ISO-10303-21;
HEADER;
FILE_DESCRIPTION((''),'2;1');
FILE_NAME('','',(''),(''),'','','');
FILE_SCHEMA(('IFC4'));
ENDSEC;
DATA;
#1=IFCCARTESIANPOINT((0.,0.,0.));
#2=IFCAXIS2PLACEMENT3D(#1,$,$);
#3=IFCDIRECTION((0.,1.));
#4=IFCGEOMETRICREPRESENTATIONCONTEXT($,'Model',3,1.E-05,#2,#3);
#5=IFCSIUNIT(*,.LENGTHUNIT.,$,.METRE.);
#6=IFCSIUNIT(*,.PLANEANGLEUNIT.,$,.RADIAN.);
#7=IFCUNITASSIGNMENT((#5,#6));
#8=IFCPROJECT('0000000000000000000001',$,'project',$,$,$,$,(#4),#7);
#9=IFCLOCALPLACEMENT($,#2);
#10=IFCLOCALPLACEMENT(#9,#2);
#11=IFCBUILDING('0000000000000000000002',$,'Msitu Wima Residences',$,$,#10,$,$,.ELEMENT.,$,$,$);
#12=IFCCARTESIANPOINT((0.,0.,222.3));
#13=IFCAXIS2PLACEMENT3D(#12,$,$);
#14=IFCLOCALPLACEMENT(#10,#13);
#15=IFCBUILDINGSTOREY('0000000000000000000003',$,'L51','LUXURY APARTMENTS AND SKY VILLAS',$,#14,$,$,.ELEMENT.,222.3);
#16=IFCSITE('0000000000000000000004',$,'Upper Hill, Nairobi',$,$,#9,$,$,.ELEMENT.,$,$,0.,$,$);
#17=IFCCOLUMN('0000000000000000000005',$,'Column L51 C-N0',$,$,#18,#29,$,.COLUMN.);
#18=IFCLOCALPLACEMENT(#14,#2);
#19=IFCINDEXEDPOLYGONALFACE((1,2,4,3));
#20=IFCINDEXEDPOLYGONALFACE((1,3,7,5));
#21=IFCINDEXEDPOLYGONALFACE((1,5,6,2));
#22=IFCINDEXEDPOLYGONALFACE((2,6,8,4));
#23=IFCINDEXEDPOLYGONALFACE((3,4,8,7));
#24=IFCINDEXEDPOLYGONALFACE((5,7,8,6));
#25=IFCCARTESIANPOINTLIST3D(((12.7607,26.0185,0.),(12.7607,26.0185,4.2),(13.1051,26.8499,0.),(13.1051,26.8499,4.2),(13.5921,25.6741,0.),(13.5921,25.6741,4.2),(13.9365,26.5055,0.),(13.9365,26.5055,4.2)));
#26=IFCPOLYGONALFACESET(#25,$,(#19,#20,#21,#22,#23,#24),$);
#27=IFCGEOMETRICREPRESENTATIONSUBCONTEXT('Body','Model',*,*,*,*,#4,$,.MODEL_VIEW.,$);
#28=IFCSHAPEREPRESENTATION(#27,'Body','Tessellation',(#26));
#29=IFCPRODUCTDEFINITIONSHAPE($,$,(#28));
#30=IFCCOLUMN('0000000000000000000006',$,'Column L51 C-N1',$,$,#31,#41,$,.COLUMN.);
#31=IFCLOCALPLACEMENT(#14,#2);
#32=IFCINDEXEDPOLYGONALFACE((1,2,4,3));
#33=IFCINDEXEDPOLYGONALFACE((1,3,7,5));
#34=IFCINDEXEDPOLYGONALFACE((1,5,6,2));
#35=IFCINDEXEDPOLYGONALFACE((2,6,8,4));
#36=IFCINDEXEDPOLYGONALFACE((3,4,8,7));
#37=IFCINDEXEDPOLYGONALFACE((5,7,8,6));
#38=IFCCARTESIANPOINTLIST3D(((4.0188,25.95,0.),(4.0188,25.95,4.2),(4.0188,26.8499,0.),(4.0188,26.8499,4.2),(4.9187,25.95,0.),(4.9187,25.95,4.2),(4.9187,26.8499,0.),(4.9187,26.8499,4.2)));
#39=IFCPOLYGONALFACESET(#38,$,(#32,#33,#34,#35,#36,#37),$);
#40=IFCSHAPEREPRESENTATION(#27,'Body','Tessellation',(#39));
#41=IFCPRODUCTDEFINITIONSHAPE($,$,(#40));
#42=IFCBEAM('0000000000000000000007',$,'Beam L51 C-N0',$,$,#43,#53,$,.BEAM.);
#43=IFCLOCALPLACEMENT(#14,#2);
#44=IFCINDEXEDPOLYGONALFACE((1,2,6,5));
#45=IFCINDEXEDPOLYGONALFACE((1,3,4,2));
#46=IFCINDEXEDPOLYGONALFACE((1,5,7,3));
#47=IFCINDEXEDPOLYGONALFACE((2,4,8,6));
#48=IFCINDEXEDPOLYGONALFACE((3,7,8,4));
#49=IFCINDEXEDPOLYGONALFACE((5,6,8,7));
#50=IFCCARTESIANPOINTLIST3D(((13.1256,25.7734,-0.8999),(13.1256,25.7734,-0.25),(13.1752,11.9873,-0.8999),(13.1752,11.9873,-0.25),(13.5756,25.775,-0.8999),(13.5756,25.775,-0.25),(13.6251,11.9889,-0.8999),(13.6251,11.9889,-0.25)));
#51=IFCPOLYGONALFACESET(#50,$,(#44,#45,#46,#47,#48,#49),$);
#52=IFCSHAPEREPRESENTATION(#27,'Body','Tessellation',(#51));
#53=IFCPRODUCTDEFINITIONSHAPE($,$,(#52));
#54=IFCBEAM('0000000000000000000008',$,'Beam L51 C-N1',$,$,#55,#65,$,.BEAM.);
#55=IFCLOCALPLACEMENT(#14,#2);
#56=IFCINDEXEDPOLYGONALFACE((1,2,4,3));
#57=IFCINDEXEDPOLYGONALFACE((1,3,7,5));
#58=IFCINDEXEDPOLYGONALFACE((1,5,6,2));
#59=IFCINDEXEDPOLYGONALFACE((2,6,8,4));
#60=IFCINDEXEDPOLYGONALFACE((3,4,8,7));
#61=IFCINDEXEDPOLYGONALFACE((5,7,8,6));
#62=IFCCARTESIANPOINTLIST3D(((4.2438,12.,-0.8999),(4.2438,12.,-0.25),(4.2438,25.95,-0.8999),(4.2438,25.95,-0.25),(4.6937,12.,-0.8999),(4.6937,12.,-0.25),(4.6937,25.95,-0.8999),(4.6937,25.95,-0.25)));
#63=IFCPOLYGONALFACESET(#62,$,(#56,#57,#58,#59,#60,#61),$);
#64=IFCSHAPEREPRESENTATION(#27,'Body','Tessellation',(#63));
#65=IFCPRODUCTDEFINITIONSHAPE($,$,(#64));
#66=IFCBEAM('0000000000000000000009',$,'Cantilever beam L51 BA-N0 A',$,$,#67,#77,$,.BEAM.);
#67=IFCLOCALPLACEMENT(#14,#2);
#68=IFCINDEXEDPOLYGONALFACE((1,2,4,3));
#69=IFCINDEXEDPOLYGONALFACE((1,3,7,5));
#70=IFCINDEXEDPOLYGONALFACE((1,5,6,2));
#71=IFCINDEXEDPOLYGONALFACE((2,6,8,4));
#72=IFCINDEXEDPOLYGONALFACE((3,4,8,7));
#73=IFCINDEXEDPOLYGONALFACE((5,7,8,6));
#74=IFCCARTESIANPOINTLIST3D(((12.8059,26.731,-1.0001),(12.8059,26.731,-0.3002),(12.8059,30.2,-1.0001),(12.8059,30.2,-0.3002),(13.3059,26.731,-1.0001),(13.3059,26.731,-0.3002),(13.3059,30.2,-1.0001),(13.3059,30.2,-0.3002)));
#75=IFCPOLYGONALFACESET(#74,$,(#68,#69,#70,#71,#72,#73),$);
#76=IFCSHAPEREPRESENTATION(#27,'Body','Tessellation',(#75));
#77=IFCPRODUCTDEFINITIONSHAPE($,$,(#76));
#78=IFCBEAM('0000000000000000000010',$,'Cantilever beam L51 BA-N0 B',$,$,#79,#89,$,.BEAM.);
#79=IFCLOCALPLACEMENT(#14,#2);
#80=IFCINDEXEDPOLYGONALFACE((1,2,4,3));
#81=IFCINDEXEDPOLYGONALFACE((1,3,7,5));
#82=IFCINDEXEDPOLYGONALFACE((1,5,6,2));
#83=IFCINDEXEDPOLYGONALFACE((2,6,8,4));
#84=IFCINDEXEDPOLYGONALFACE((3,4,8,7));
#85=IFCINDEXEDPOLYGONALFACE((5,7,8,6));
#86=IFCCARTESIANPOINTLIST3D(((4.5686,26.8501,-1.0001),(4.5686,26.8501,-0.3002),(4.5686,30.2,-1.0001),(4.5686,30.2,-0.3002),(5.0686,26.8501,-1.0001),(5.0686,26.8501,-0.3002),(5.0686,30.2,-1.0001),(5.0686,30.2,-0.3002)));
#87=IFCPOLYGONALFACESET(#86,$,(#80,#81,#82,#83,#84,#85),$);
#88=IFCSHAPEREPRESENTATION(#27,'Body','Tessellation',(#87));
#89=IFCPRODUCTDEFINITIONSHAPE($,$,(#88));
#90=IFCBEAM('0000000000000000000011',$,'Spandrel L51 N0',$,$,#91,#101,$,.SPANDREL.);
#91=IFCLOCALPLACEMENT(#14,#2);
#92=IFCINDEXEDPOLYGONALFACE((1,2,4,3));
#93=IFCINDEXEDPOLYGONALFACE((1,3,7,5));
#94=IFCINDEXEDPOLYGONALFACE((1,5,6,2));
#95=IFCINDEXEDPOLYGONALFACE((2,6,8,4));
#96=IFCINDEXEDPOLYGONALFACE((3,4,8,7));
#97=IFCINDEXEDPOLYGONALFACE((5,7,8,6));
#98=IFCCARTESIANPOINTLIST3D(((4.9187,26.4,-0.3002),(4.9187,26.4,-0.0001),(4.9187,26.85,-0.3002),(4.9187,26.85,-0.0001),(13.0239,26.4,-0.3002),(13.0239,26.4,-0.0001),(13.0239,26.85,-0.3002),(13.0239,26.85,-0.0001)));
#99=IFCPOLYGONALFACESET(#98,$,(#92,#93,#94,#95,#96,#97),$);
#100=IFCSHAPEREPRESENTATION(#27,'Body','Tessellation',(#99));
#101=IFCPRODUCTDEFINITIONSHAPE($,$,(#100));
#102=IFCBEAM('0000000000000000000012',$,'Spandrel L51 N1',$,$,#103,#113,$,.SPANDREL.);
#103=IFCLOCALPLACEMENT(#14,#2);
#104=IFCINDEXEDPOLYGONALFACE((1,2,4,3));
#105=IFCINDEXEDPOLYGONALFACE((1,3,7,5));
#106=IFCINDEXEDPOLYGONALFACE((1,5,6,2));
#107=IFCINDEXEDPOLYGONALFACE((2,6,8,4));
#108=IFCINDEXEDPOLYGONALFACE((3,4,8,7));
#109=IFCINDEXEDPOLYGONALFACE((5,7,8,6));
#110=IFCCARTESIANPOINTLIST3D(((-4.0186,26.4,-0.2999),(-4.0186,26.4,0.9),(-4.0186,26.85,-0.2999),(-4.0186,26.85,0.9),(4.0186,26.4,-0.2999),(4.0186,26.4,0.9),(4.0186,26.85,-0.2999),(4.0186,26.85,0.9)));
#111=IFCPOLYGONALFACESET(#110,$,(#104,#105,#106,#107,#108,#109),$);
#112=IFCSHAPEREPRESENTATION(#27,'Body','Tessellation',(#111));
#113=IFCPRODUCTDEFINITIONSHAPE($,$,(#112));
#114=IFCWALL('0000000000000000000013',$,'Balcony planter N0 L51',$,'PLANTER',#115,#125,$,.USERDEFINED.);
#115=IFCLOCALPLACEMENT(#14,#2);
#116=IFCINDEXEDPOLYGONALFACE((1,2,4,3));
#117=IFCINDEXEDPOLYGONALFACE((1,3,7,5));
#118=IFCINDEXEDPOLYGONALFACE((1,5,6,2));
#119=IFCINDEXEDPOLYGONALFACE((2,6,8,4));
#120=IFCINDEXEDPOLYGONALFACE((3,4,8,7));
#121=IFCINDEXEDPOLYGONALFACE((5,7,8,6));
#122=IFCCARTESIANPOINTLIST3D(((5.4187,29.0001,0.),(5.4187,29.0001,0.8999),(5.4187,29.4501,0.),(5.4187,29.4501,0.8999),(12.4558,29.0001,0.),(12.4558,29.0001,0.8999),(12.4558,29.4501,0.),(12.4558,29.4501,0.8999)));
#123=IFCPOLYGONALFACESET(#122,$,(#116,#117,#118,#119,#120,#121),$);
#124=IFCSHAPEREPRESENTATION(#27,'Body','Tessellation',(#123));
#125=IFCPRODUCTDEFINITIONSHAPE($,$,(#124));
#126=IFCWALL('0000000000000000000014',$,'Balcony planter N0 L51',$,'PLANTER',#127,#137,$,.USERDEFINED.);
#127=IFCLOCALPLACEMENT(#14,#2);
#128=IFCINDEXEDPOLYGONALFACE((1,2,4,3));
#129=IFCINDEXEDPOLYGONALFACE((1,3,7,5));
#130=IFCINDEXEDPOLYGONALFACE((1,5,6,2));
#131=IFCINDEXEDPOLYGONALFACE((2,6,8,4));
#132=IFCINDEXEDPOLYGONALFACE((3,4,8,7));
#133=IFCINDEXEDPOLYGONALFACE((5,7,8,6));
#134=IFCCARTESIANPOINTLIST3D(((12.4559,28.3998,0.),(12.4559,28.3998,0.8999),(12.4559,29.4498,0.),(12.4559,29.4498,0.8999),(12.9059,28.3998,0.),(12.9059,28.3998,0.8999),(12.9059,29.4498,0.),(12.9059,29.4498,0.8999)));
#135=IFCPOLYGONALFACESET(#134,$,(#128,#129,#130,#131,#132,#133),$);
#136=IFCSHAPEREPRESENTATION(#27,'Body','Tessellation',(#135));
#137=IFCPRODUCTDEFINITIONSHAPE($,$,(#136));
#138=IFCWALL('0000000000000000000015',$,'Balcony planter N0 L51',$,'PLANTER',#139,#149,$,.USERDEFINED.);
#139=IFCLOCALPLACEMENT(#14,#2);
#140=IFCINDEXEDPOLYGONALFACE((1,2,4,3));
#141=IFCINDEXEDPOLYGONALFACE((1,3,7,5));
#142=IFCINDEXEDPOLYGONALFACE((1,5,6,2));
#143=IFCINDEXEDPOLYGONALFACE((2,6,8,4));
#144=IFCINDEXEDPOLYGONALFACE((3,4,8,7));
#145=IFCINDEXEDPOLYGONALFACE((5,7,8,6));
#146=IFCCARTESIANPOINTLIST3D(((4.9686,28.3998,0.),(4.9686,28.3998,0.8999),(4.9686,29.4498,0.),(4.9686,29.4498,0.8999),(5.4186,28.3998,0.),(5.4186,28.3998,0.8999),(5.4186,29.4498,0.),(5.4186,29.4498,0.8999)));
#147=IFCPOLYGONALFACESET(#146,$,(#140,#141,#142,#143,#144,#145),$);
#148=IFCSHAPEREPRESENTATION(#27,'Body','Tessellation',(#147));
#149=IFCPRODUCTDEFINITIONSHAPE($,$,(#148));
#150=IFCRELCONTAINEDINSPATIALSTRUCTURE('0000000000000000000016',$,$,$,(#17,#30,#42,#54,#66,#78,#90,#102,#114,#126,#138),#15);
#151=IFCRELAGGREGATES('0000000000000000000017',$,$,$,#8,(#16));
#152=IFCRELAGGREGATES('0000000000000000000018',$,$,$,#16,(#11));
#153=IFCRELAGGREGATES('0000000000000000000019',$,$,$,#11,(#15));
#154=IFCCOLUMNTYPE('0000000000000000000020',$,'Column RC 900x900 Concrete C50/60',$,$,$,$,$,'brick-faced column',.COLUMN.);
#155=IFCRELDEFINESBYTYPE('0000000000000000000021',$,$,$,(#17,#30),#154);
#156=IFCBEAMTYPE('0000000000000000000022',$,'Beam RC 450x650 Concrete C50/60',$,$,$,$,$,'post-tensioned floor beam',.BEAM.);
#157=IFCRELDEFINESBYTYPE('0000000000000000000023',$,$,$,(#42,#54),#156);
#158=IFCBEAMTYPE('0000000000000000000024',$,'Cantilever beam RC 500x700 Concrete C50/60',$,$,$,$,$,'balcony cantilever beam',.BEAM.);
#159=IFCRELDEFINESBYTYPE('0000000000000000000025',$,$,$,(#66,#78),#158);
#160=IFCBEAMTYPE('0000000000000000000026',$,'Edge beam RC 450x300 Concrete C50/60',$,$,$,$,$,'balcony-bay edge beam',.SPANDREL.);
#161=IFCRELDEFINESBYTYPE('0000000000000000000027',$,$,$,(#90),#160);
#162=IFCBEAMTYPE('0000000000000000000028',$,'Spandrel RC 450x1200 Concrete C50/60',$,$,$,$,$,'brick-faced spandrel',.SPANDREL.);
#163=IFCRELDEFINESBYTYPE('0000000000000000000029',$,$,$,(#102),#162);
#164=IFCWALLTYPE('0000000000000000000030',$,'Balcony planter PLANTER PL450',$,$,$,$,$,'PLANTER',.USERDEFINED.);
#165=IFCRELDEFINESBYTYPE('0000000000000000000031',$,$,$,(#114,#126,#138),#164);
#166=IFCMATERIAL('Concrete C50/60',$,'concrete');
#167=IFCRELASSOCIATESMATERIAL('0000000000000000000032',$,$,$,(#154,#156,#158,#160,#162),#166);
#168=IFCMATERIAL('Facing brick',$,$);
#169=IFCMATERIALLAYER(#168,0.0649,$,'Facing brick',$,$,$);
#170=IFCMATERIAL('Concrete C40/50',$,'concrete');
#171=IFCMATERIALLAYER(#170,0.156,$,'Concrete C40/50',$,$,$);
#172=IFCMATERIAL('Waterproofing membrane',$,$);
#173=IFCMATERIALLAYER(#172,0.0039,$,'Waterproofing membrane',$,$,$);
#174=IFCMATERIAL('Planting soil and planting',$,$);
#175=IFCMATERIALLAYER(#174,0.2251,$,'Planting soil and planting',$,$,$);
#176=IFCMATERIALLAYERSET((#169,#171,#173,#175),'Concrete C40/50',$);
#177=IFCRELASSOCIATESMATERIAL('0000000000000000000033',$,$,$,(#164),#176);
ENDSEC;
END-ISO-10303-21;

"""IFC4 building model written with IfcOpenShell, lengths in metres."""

from ifc_helpers import new_model, si_unit, direction, frame, frame_2d, origin, origin_2d, place, context, subcontext, project, spatial, rectangle, extrude, material, layer, layer_set, material_profile, profile_set, type_object, element, save


model = new_model("IFC4")

# Units and contexts
model_context = context("Model", 3, precision=1e-05, world=origin(), true_north=direction((0.0, 1.0)))
body_context = subcontext(model_context, "Body", "Model", "MODEL_VIEW")
ifc_project = project(units=[si_unit("LENGTHUNIT", "METRE"), si_unit("PLANEANGLEUNIT", "RADIAN")], contexts=[model_context])

# Site, building, storey
site_placement = place(None, origin())
site = spatial("IfcSite", under=ifc_project, at=site_placement, Name="Upper Hill, Nairobi", CompositionType="ELEMENT", RefElevation=0.0)
building_placement = place(site_placement, origin())
building = spatial("IfcBuilding", under=site, at=building_placement, Name="Msitu Wima Residences", CompositionType="ELEMENT")
storey_placement = place(building_placement, frame((0.0, 0.0, 222.3)))
storey = spatial("IfcBuildingStorey", under=building, at=storey_placement, Name="L51", Description="LUXURY APARTMENTS AND SKY VILLAS", CompositionType="ELEMENT", Elevation=222.3)

# Columns
ifc_material_1 = material(Name="Concrete C50/60", Category="concrete")
ifc_material_profile_1 = material_profile(ifc_material_1, rectangle(XDim=0.8999, YDim=0.8999, at=origin_2d()), Name="RC 900x900")
ifc_profile_set_1 = profile_set([ifc_material_profile_1], Name="Concrete C50/60")
column_type = type_object("IfcColumnType", Name="Column RC 900x900 Concrete C50/60", ElementType="brick-faced column", PredefinedType="COLUMN", material=ifc_profile_set_1)
for number, where, z_axis, x_axis, name in (
    (1, (13.3486, 26.262, 0.0), (0.0, 0.0, 1.0), (-0.92388, 0.382683, 0.0), "Column L51 C-N0"),
    (2, (4.4688, 26.3999, 0.0), (0.0, 0.0, 1.0), (-1.0, 0.0, 0.0), "Column L51 C-N1"),
):
    element("IfcColumn", number, at=place(storey_placement, frame(where, z_axis=z_axis, x_axis=x_axis)), inside=storey, type_object=column_type, Name=name, PredefinedType="COLUMN", context=body_context, shape_type="SweptSolid", body=[
        extrude(rectangle(XDim=0.8999, YDim=0.8999, at=origin_2d()), origin(), (0.0, 0.0, 1.0), 4.2),
    ])

# Beams
ifc_material_profile_2 = material_profile(ifc_material_1, rectangle(XDim=0.45, YDim=0.6499, at=origin_2d()), Name="RC 450x650")
ifc_profile_set_2 = profile_set([ifc_material_profile_2], Name="Concrete C50/60")
beam_type_1 = type_object("IfcBeamType", Name="Beam RC 450x650 Concrete C50/60", ElementType="post-tensioned floor beam", PredefinedType="BEAM", material=ifc_profile_set_2)
beam_1_placement = place(storey_placement, frame((13.3506, 25.7742, -0.575), z_axis=(0.003595, -0.999994, 0.0), x_axis=(0.999994, 0.003595, 0.0)))
element("IfcBeam", 3, at=beam_1_placement, inside=storey, type_object=beam_type_1, Name="Beam L51 C-N0", PredefinedType="BEAM", context=body_context, shape_type="SweptSolid", body=[
    extrude(rectangle(XDim=0.45, YDim=0.6499, at=origin_2d()), origin(), (0.0, 0.0, 1.0), 13.7861),
])
beam_2_placement = place(storey_placement, frame((4.4688, 25.95, -0.575), z_axis=(0.0, -1.0, 0.0), x_axis=(1.0, 0.0, 0.0)))
element("IfcBeam", 4, at=beam_2_placement, inside=storey, type_object=beam_type_1, Name="Beam L51 C-N1", PredefinedType="BEAM", context=body_context, shape_type="SweptSolid", body=[
    extrude(rectangle(XDim=0.45, YDim=0.6499, at=origin_2d()), origin(), (0.0, 0.0, 1.0), 13.95),
])
ifc_material_profile_3 = material_profile(ifc_material_1, rectangle(XDim=0.5, YDim=0.7, at=origin_2d()), Name="RC 500x700")
ifc_profile_set_3 = profile_set([ifc_material_profile_3], Name="Concrete C50/60")
beam_type_2 = type_object("IfcBeamType", Name="Cantilever beam RC 500x700 Concrete C50/60", ElementType="balcony cantilever beam", PredefinedType="BEAM", material=ifc_profile_set_3)
beam_3_placement = place(storey_placement, frame((13.0559, 26.731, -0.6501), z_axis=(0.0, 1.0, 0.0), x_axis=(-1.0, 0.0, 0.0)))
element("IfcBeam", 5, at=beam_3_placement, inside=storey, type_object=beam_type_2, Name="Cantilever beam L51 BA-N0 A", PredefinedType="BEAM", context=body_context, shape_type="SweptSolid", body=[
    extrude(rectangle(XDim=0.5, YDim=0.7, at=origin_2d()), origin(), (0.0, 0.0, 1.0), 3.469),
])
beam_4_placement = place(storey_placement, frame((4.8186, 26.8501, -0.6501), z_axis=(0.0, 1.0, 0.0), x_axis=(-1.0, 0.0, 0.0)))
element("IfcBeam", 6, at=beam_4_placement, inside=storey, type_object=beam_type_2, Name="Cantilever beam L51 BA-N0 B", PredefinedType="BEAM", context=body_context, shape_type="SweptSolid", body=[
    extrude(rectangle(XDim=0.5, YDim=0.7, at=origin_2d()), origin(), (0.0, 0.0, 1.0), 3.3499),
])
ifc_material_profile_4 = material_profile(ifc_material_1, rectangle(XDim=0.45, YDim=0.3, at=origin_2d()), Name="RC 450x300")
ifc_profile_set_4 = profile_set([ifc_material_profile_4], Name="Concrete C50/60")
beam_type_3 = type_object("IfcBeamType", Name="Edge beam RC 450x300 Concrete C50/60", ElementType="balcony-bay edge beam", PredefinedType="SPANDREL", material=ifc_profile_set_4)
beam_5_placement = place(storey_placement, frame((13.0239, 26.625, -0.1501), z_axis=(-1.0, 0.0, 0.0), x_axis=(0.0, -1.0, 0.0)))
element("IfcBeam", 7, at=beam_5_placement, inside=storey, type_object=beam_type_3, Name="Spandrel L51 N0", PredefinedType="SPANDREL", context=body_context, shape_type="SweptSolid", body=[
    extrude(rectangle(XDim=0.45, YDim=0.3, at=origin_2d()), origin(), (0.0, 0.0, 1.0), 8.1052),
])
ifc_material_profile_5 = material_profile(ifc_material_1, rectangle(XDim=0.45, YDim=1.2, at=origin_2d()), Name="RC 450x1200")
ifc_profile_set_5 = profile_set([ifc_material_profile_5], Name="Concrete C50/60")
beam_type_4 = type_object("IfcBeamType", Name="Spandrel RC 450x1200 Concrete C50/60", ElementType="brick-faced spandrel", PredefinedType="SPANDREL", material=ifc_profile_set_5)
beam_6_placement = place(storey_placement, frame((4.0186, 26.625, 0.3), z_axis=(-1.0, 0.0, 0.0), x_axis=(0.0, -1.0, 0.0)))
element("IfcBeam", 8, at=beam_6_placement, inside=storey, type_object=beam_type_4, Name="Spandrel L51 N1", PredefinedType="SPANDREL", context=body_context, shape_type="SweptSolid", body=[
    extrude(rectangle(XDim=0.45, YDim=1.2, at=origin_2d()), origin(), (0.0, 0.0, 1.0), 8.0371),
])

# Walls
ifc_material_2 = material(Name="Facing brick")
ifc_layer_1 = layer(ifc_material_2, 0.0649, Name="Facing brick")
ifc_material_3 = material(Name="Concrete C40/50", Category="concrete")
ifc_layer_2 = layer(ifc_material_3, 0.156, Name="Concrete C40/50")
ifc_material_4 = material(Name="Waterproofing membrane")
ifc_layer_3 = layer(ifc_material_4, 0.0039, Name="Waterproofing membrane")
ifc_material_5 = material(Name="Planting soil and planting")
ifc_layer_4 = layer(ifc_material_5, 0.2251, Name="Planting soil and planting")
ifc_layer_set_1 = layer_set([ifc_layer_1, ifc_layer_2, ifc_layer_3, ifc_layer_4], Name="Concrete C40/50")
wall_type_1 = type_object("IfcWallType", Name="Balcony planter PLANTER PL450", ElementType="PLANTER", PredefinedType="USERDEFINED", material=ifc_layer_set_1)
wall_1_placement = place(storey_placement, frame((12.4558, 29.2251, 0.0), z_axis=(0.0, 0.0, 1.0), x_axis=(-1.0, 0.0, 0.0)))
element("IfcWall", 9, at=wall_1_placement, inside=storey, type_object=wall_type_1, Name="Balcony planter N0 L51", ObjectType="PLANTER", PredefinedType="USERDEFINED", context=body_context, shape_type="SweptSolid", body=[
    extrude(rectangle(XDim=7.0371, YDim=0.45, at=frame_2d((3.5186, 0.0))), origin(), (0.0, 0.0, 1.0), 0.8999),
])
for number, where, z_axis, x_axis, name in (
    (10, (12.6809, 28.3999, 0.0), (0.0, 0.0, 1.0), (0.0, 1.0, 0.0), "Balcony planter N0 L51"),
    (11, (5.1936, 28.3999, 0.0), (0.0, 0.0, 1.0), (0.0, 1.0, 0.0), "Balcony planter N0 L51"),
):
    element("IfcWall", number, at=place(storey_placement, frame(where, z_axis=z_axis, x_axis=x_axis)), inside=storey, type_object=wall_type_1, Name=name, ObjectType="PLANTER", PredefinedType="USERDEFINED", context=body_context, shape_type="SweptSolid", body=[
        extrude(rectangle(XDim=1.05, YDim=0.45, at=frame_2d((0.5249, 0.0))), origin(), (0.0, 0.0, 1.0), 0.8999),
    ])

save(model, "model.ifc")
